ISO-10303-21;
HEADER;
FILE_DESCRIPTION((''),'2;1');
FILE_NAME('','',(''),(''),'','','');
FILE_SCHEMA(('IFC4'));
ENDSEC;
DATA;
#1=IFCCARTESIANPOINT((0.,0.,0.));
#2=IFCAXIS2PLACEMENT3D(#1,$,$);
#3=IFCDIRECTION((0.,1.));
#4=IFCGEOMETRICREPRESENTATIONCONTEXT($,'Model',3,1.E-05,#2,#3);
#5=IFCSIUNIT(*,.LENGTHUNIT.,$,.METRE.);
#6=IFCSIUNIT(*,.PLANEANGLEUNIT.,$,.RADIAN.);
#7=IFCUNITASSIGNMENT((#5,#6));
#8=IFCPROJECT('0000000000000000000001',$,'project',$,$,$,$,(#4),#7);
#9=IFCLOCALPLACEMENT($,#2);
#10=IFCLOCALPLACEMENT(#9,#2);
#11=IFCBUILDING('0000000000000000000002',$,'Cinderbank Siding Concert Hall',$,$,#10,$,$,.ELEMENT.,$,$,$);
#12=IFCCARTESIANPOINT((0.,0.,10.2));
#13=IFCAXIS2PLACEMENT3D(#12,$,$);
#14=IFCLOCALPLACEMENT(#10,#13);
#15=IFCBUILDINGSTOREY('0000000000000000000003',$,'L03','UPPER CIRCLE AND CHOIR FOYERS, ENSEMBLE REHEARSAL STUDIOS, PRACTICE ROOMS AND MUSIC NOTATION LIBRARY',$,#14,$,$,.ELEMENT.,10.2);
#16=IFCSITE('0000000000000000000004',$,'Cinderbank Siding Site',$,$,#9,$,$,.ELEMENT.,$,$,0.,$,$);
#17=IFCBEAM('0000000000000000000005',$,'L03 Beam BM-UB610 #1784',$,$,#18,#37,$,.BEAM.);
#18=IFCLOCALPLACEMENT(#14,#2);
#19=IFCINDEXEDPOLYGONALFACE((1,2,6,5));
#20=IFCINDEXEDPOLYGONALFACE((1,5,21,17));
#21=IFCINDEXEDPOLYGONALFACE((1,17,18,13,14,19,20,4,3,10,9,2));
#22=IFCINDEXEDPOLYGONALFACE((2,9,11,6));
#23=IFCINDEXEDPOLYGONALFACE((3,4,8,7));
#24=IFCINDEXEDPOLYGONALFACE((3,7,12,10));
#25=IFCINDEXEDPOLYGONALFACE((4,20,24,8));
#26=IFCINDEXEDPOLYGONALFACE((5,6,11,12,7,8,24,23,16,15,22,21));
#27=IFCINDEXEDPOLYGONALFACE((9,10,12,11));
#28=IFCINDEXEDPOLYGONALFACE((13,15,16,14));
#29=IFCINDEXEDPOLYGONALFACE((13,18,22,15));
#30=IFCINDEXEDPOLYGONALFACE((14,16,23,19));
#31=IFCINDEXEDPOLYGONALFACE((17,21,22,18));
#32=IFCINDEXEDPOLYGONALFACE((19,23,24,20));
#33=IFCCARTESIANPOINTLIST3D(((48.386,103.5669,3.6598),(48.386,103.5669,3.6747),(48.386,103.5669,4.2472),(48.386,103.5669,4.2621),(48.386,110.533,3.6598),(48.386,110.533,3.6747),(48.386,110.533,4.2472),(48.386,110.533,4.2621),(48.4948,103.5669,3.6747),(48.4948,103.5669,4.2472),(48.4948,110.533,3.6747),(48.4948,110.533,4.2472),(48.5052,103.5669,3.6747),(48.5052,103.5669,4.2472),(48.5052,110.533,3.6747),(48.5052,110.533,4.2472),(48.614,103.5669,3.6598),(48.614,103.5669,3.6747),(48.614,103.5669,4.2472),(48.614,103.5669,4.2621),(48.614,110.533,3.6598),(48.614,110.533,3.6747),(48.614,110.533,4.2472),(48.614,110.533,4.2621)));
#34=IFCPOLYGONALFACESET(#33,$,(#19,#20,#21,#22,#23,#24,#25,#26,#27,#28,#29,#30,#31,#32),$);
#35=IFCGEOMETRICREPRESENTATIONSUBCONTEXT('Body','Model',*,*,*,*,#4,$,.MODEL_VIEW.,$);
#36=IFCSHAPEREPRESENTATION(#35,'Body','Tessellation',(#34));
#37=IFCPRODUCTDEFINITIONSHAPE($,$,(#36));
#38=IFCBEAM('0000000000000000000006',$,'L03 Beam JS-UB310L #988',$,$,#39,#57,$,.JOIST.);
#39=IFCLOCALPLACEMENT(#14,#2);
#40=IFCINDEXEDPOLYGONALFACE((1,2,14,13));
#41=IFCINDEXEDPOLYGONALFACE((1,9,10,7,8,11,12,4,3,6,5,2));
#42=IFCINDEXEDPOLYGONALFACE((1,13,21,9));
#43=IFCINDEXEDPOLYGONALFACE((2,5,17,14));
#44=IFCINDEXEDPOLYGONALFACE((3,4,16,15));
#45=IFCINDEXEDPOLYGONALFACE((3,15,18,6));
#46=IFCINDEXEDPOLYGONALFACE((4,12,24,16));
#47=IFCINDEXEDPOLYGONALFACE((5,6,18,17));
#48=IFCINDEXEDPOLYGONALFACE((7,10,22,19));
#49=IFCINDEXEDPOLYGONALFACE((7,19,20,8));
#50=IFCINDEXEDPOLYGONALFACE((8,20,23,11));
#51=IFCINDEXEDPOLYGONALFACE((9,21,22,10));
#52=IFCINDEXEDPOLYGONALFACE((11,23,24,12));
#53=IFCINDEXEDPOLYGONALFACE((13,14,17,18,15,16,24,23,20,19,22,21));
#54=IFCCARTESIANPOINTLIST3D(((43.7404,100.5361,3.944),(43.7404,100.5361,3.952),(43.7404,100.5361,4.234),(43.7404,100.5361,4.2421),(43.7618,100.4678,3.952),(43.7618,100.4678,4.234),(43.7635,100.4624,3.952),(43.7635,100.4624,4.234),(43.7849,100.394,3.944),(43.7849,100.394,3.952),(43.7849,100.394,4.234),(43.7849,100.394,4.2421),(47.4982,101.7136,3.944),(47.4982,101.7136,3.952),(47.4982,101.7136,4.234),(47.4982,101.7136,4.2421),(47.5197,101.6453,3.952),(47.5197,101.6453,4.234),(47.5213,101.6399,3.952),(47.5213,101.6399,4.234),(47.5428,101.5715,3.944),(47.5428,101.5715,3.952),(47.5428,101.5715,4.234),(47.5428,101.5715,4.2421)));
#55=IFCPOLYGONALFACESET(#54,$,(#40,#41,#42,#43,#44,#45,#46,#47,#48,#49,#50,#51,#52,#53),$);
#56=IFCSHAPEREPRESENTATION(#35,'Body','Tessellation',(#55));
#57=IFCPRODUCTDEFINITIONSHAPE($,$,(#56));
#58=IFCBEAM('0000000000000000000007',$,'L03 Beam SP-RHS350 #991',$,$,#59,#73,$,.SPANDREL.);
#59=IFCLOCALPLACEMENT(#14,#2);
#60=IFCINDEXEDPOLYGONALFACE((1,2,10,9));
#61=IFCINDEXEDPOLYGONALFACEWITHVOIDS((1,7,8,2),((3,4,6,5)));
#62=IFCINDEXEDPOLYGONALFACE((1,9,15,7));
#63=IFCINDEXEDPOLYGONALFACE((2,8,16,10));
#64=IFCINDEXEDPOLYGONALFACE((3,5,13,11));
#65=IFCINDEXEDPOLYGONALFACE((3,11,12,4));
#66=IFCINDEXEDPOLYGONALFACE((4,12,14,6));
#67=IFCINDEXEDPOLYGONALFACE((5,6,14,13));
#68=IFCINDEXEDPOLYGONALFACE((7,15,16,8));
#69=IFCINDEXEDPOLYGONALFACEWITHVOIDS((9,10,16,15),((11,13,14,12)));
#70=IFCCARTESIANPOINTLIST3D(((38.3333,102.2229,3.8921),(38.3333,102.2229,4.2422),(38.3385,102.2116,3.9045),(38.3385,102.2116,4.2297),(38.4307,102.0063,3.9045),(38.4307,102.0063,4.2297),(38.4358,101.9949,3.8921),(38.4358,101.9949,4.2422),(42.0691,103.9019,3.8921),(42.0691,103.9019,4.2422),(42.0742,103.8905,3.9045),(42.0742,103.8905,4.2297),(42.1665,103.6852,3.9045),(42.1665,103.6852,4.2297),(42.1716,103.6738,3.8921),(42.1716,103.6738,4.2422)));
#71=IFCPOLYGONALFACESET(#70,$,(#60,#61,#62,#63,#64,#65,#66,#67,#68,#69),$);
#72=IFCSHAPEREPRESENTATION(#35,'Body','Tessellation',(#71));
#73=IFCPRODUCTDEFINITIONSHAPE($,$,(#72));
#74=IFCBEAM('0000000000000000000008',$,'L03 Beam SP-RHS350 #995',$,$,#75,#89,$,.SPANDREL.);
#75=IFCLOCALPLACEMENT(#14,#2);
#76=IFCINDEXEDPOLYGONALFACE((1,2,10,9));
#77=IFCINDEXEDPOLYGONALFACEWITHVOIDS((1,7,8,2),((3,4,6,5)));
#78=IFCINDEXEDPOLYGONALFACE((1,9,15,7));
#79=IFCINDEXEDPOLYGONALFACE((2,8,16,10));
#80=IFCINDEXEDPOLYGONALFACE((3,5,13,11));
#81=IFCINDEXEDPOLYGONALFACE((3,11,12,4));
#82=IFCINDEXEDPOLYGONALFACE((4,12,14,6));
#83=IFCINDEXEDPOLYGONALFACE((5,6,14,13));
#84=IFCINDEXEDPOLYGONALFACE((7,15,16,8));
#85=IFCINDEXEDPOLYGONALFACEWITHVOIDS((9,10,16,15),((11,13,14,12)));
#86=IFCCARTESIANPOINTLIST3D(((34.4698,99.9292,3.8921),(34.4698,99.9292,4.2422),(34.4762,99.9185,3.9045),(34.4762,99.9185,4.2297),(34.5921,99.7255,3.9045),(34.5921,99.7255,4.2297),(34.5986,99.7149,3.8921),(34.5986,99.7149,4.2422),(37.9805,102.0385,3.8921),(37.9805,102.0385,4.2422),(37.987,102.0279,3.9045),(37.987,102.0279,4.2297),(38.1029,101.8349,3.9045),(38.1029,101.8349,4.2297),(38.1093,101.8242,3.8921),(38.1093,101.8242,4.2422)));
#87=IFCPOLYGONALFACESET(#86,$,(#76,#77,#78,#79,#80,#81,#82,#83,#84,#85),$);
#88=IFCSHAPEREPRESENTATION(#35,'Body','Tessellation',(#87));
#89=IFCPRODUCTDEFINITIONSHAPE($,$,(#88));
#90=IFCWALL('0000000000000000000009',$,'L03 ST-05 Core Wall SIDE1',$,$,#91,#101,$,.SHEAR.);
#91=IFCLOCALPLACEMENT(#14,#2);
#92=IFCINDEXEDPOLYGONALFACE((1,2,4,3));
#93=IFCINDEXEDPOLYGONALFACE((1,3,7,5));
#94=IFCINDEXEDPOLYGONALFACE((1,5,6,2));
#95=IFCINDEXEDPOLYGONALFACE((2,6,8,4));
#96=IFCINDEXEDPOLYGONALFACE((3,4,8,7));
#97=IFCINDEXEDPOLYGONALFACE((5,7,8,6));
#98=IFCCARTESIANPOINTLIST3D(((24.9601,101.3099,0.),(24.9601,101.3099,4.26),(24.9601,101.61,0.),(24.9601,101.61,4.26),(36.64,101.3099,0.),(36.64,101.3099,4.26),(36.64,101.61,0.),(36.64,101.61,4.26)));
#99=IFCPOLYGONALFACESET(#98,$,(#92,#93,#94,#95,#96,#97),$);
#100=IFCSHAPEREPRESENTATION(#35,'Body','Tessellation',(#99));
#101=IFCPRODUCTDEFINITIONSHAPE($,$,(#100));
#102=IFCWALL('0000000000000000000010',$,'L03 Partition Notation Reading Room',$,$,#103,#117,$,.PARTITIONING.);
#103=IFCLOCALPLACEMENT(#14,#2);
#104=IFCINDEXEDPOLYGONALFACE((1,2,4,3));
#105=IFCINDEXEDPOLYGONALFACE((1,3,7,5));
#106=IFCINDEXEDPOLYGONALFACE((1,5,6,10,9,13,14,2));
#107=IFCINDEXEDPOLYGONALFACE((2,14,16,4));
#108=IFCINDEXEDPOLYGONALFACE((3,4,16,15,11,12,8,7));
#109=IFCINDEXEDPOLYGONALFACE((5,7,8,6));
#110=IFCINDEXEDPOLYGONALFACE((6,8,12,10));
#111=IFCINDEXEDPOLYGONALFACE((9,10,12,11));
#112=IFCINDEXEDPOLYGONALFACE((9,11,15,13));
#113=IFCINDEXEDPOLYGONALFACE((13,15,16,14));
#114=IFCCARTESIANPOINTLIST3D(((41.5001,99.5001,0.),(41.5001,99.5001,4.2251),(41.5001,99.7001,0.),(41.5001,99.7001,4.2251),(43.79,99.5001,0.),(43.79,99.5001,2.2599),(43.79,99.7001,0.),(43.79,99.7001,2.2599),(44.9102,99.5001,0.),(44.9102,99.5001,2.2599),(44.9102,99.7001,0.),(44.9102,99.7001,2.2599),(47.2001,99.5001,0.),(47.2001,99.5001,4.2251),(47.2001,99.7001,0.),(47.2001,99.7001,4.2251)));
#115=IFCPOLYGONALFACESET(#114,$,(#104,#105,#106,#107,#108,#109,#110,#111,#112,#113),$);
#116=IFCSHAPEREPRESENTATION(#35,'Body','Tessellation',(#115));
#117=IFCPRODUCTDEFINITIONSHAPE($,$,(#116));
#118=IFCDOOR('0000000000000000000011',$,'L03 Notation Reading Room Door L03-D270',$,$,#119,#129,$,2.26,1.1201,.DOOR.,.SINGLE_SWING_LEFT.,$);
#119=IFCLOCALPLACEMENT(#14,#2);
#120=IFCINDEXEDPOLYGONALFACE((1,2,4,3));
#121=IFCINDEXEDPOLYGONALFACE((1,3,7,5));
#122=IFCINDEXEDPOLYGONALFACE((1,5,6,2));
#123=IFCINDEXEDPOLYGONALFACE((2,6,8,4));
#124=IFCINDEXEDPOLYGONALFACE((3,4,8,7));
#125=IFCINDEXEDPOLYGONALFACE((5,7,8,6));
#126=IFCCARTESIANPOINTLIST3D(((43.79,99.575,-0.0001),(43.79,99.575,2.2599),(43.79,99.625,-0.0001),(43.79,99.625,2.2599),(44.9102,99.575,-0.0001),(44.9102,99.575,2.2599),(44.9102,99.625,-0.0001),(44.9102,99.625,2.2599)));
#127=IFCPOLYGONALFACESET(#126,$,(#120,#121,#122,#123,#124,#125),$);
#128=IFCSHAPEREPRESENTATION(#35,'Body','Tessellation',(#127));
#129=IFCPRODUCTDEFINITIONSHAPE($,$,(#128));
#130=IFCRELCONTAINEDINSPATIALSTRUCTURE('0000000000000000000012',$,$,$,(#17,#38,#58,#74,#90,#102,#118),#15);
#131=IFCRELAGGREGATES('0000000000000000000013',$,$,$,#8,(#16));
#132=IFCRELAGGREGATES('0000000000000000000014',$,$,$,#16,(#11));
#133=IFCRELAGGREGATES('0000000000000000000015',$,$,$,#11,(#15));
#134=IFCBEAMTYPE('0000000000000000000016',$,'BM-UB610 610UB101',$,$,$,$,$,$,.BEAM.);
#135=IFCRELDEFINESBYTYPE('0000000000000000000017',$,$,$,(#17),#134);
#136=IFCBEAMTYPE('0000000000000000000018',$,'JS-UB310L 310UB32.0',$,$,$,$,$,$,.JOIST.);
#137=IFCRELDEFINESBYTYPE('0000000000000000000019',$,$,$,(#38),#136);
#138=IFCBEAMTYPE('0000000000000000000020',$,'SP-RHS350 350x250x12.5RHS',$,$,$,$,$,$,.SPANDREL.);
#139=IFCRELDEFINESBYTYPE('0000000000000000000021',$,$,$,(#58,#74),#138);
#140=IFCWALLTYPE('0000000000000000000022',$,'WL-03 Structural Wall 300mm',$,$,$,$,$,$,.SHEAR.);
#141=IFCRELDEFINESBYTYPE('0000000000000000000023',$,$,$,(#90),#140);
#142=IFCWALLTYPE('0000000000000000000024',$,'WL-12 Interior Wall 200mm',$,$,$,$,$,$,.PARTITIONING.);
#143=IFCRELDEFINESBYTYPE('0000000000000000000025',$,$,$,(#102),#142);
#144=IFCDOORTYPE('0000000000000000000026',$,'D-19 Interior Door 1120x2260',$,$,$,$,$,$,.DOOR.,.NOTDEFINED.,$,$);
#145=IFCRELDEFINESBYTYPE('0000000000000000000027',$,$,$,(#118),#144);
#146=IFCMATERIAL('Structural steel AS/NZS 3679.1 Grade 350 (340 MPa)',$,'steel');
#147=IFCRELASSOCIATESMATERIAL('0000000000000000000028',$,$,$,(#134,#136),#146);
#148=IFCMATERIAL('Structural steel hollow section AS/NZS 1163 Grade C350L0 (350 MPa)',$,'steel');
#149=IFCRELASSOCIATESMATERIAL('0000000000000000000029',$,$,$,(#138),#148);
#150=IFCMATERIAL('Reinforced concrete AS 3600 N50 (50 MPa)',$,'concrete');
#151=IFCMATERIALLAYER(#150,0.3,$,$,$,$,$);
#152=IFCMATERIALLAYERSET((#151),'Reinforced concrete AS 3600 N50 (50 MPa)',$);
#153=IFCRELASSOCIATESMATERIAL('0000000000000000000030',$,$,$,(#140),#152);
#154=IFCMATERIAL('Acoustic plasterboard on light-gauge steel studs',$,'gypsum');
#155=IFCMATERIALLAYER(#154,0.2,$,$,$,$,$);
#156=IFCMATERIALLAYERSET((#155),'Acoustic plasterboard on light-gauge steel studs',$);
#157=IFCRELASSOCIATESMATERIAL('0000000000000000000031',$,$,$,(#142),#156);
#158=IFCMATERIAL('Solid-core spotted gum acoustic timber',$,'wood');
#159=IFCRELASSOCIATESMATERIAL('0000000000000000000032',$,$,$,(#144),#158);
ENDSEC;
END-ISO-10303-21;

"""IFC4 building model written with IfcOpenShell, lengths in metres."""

from ifc_helpers import new_model, si_unit, direction, frame, frame_2d, origin, origin_2d, place, context, subcontext, project, spatial, rectangle, hollow_rectangle, i_section, extrude, material, layer, layer_set, material_profile, profile_set, type_object, element, fill, save


model = new_model("IFC4")

# Units and contexts
model_context = context("Model", 3, precision=1e-05, world=origin(), true_north=direction((0.0, 1.0)))
body_context = subcontext(model_context, "Body", "Model", "MODEL_VIEW")
ifc_project = project(units=[si_unit("LENGTHUNIT", "METRE"), si_unit("PLANEANGLEUNIT", "RADIAN")], contexts=[model_context])

# Site, building, storey
site_placement = place(None, origin())
site = spatial("IfcSite", under=ifc_project, at=site_placement, Name="Cinderbank Siding Site", CompositionType="ELEMENT", RefElevation=0.0)
building_placement = place(site_placement, origin())
building = spatial("IfcBuilding", under=site, at=building_placement, Name="Cinderbank Siding Concert Hall", CompositionType="ELEMENT")
storey_placement = place(building_placement, frame((0.0, 0.0, 10.2)))
storey = spatial("IfcBuildingStorey", under=building, at=storey_placement, Name="L03", Description="UPPER CIRCLE AND CHOIR FOYERS, ENSEMBLE REHEARSAL STUDIOS, PRACTICE ROOMS AND MUSIC NOTATION LIBRARY", CompositionType="ELEMENT", Elevation=10.2)

# Shared definitions
ifc_material_1 = material(Name="Reinforced concrete AS 3600 N50 (50 MPa)", Category="concrete")
ifc_material_2 = material(Name="Structural steel AS/NZS 3679.1 Grade 350 (340 MPa)", Category="steel")

# Beams
ifc_material_profile_1 = material_profile(ifc_material_2, i_section(OverallWidth=0.228, OverallDepth=0.6023, WebThickness=0.0105, FlangeThickness=0.0149, at=origin_2d()), Name="610UB101", Category="LoadBearing")
ifc_profile_set_1 = profile_set([ifc_material_profile_1], Name="Structural steel AS/NZS 3679.1 Grade 350 (340 MPa)")
beam_type_1 = type_object("IfcBeamType", Name="BM-UB610 610UB101", PredefinedType="BEAM", material=ifc_profile_set_1)
beam_1_placement = place(storey_placement, frame((48.5, 103.5669, 3.9609), z_axis=(0.0, 1.0, 0.0), x_axis=(-1.0, 0.0, 0.0)))
element("IfcBeam", 1, at=beam_1_placement, inside=storey, type_object=beam_type_1, Name="L03 Beam BM-UB610 #1784", PredefinedType="BEAM", context=body_context, shape_type="SweptSolid", body=[
    extrude(i_section(OverallWidth=0.228, OverallDepth=0.6023, WebThickness=0.0105, FlangeThickness=0.0149, at=origin_2d()), origin(), (0.0, 0.0, 1.0), 6.9661),
])
ifc_material_profile_2 = material_profile(ifc_material_2, i_section(OverallWidth=0.1489, OverallDepth=0.2981, WebThickness=0.0056, FlangeThickness=0.0081, at=origin_2d()), Name="310UB32.0", Category="LoadBearing")
ifc_profile_set_2 = profile_set([ifc_material_profile_2], Name="Structural steel AS/NZS 3679.1 Grade 350 (340 MPa)")
beam_type_2 = type_object("IfcBeamType", Name="JS-UB310L 310UB32.0", PredefinedType="JOIST", material=ifc_profile_set_2)
beam_2_placement = place(storey_placement, frame((47.5205, 101.6426, 4.093), z_axis=(-0.95425, -0.299009, 0.0), x_axis=(0.299009, -0.95425, 0.0)))
element("IfcBeam", 2, at=beam_2_placement, inside=storey, type_object=beam_type_2, Name="L03 Beam JS-UB310L #988", PredefinedType="JOIST", context=body_context, shape_type="SweptSolid", body=[
    extrude(i_section(OverallWidth=0.1489, OverallDepth=0.2981, WebThickness=0.0056, FlangeThickness=0.0081, at=origin_2d()), origin(), (0.0, 0.0, 1.0), 3.938),
])
ifc_material_3 = material(Name="Structural steel hollow section AS/NZS 1163 Grade C350L0 (350 MPa)", Category="steel")
ifc_material_profile_3 = material_profile(ifc_material_3, hollow_rectangle(XDim=0.25, YDim=0.3501, WallThickness=0.0125, at=origin_2d()), Name="350x250x12.5RHS", Category="LoadBearing")
ifc_profile_set_3 = profile_set([ifc_material_profile_3], Name="Structural steel hollow section AS/NZS 1163 Grade C350L0 (350 MPa)")
beam_type_3 = type_object("IfcBeamType", Name="SP-RHS350 350x250x12.5RHS", PredefinedType="SPANDREL", material=ifc_profile_set_3)
for number, where, z_axis, x_axis, name in (
    (3, (42.1204, 103.7878, 4.0671), (-0.91212, -0.409923, 0.0), (0.409923, -0.91212, 0.0), "L03 Beam SP-RHS350 #991"),
    (4, (38.0449, 101.9314, 4.0671), (-0.857177, -0.515022, 0.0), (0.515022, -0.857177, 0.0), "L03 Beam SP-RHS350 #995"),
):
    element("IfcBeam", number, at=place(storey_placement, frame(where, z_axis=z_axis, x_axis=x_axis)), inside=storey, type_object=beam_type_3, Name=name, PredefinedType="SPANDREL", context=body_context, shape_type="SweptSolid", body=[
        extrude(hollow_rectangle(XDim=0.25, YDim=0.3501, WallThickness=0.0125, at=origin_2d()), origin(), (0.0, 0.0, 1.0), 4.0957),
    ])

# Wall
ifc_layer_1 = layer(ifc_material_1, 0.3)
ifc_layer_set_1 = layer_set([ifc_layer_1], Name="Reinforced concrete AS 3600 N50 (50 MPa)")
wall_type_1 = type_object("IfcWallType", Name="WL-03 Structural Wall 300mm", PredefinedType="SHEAR", material=ifc_layer_set_1)
wall_1_placement = place(storey_placement, frame((36.6399, 101.46, 0.0), z_axis=(0.0, 0.0, 1.0), x_axis=(-1.0, 0.0, 0.0)))
element("IfcWall", 5, at=wall_1_placement, inside=storey, type_object=wall_type_1, Name="L03 ST-05 Core Wall SIDE1", PredefinedType="SHEAR", context=body_context, shape_type="SweptSolid", body=[
    extrude(rectangle(XDim=11.6799, YDim=0.3, at=frame_2d((5.8398, 0.0))), origin(), (0.0, 0.0, 1.0), 4.26),
])

# Wall, opening, door
ifc_material_4 = material(Name="Acoustic plasterboard on light-gauge steel studs", Category="gypsum")
ifc_layer_2 = layer(ifc_material_4, 0.2)
ifc_layer_set_2 = layer_set([ifc_layer_2], Name="Acoustic plasterboard on light-gauge steel studs")
wall_type_2 = type_object("IfcWallType", Name="WL-12 Interior Wall 200mm", PredefinedType="PARTITIONING", material=ifc_layer_set_2)
wall_2_placement = place(storey_placement, frame((41.5, 99.6001, 0.0), z_axis=(0.0, 0.0, 1.0), x_axis=(1.0, 0.0, 0.0)))
wall_2 = element("IfcWall", 6, at=wall_2_placement, inside=storey, type_object=wall_type_2, Name="L03 Partition Notation Reading Room", PredefinedType="PARTITIONING", context=body_context, shape_type="SweptSolid", body=[
    extrude(rectangle(XDim=5.7, YDim=0.2, at=frame_2d((2.8501, 0.0))), origin(), (0.0, 0.0, 1.0), 4.2251),
])
opening_1_placement = place(wall_2_placement, frame((2.29, 0.0, 0.0)))
opening_1 = element("IfcOpeningElement", 7, at=opening_1_placement, cuts=wall_2, PredefinedType="OPENING", context=body_context, shape_type="SweptSolid", body=[
    extrude(rectangle(XDim=1.1201, YDim=2.26, at=frame_2d((0.5601, 1.1299))), frame((0.0, 0.1118, 0.0), z_axis=(0.0, -1.0, 0.0), x_axis=(1.0, 0.0, 0.0)), (0.0, 0.0, 1.0), 0.2239),
])
ifc_material_5 = material(Name="Solid-core spotted gum acoustic timber", Category="wood")
door_type_1 = type_object("IfcDoorType", Name="D-19 Interior Door 1120x2260", OperationType="NOTDEFINED", PredefinedType="DOOR", material=ifc_material_5)
door_1_placement = place(opening_1_placement, origin())
door_1 = element("IfcDoor", 8, at=door_1_placement, inside=storey, type_object=door_type_1, Name="L03 Notation Reading Room Door L03-D270", OperationType="SINGLE_SWING_LEFT", OverallHeight=2.26, OverallWidth=1.1201, PredefinedType="DOOR", context=body_context, shape_type="SweptSolid", body=[
    extrude(rectangle(XDim=1.1201, YDim=2.26, at=frame_2d((0.5601, 1.1299))), frame((0.0, 0.0249, 0.0), z_axis=(0.0, -1.0, 0.0), x_axis=(1.0, 0.0, 0.0)), (0.0, 0.0, 1.0), 0.05),
])
fill(opening_1, door_1)

save(model, "model.ifc")
